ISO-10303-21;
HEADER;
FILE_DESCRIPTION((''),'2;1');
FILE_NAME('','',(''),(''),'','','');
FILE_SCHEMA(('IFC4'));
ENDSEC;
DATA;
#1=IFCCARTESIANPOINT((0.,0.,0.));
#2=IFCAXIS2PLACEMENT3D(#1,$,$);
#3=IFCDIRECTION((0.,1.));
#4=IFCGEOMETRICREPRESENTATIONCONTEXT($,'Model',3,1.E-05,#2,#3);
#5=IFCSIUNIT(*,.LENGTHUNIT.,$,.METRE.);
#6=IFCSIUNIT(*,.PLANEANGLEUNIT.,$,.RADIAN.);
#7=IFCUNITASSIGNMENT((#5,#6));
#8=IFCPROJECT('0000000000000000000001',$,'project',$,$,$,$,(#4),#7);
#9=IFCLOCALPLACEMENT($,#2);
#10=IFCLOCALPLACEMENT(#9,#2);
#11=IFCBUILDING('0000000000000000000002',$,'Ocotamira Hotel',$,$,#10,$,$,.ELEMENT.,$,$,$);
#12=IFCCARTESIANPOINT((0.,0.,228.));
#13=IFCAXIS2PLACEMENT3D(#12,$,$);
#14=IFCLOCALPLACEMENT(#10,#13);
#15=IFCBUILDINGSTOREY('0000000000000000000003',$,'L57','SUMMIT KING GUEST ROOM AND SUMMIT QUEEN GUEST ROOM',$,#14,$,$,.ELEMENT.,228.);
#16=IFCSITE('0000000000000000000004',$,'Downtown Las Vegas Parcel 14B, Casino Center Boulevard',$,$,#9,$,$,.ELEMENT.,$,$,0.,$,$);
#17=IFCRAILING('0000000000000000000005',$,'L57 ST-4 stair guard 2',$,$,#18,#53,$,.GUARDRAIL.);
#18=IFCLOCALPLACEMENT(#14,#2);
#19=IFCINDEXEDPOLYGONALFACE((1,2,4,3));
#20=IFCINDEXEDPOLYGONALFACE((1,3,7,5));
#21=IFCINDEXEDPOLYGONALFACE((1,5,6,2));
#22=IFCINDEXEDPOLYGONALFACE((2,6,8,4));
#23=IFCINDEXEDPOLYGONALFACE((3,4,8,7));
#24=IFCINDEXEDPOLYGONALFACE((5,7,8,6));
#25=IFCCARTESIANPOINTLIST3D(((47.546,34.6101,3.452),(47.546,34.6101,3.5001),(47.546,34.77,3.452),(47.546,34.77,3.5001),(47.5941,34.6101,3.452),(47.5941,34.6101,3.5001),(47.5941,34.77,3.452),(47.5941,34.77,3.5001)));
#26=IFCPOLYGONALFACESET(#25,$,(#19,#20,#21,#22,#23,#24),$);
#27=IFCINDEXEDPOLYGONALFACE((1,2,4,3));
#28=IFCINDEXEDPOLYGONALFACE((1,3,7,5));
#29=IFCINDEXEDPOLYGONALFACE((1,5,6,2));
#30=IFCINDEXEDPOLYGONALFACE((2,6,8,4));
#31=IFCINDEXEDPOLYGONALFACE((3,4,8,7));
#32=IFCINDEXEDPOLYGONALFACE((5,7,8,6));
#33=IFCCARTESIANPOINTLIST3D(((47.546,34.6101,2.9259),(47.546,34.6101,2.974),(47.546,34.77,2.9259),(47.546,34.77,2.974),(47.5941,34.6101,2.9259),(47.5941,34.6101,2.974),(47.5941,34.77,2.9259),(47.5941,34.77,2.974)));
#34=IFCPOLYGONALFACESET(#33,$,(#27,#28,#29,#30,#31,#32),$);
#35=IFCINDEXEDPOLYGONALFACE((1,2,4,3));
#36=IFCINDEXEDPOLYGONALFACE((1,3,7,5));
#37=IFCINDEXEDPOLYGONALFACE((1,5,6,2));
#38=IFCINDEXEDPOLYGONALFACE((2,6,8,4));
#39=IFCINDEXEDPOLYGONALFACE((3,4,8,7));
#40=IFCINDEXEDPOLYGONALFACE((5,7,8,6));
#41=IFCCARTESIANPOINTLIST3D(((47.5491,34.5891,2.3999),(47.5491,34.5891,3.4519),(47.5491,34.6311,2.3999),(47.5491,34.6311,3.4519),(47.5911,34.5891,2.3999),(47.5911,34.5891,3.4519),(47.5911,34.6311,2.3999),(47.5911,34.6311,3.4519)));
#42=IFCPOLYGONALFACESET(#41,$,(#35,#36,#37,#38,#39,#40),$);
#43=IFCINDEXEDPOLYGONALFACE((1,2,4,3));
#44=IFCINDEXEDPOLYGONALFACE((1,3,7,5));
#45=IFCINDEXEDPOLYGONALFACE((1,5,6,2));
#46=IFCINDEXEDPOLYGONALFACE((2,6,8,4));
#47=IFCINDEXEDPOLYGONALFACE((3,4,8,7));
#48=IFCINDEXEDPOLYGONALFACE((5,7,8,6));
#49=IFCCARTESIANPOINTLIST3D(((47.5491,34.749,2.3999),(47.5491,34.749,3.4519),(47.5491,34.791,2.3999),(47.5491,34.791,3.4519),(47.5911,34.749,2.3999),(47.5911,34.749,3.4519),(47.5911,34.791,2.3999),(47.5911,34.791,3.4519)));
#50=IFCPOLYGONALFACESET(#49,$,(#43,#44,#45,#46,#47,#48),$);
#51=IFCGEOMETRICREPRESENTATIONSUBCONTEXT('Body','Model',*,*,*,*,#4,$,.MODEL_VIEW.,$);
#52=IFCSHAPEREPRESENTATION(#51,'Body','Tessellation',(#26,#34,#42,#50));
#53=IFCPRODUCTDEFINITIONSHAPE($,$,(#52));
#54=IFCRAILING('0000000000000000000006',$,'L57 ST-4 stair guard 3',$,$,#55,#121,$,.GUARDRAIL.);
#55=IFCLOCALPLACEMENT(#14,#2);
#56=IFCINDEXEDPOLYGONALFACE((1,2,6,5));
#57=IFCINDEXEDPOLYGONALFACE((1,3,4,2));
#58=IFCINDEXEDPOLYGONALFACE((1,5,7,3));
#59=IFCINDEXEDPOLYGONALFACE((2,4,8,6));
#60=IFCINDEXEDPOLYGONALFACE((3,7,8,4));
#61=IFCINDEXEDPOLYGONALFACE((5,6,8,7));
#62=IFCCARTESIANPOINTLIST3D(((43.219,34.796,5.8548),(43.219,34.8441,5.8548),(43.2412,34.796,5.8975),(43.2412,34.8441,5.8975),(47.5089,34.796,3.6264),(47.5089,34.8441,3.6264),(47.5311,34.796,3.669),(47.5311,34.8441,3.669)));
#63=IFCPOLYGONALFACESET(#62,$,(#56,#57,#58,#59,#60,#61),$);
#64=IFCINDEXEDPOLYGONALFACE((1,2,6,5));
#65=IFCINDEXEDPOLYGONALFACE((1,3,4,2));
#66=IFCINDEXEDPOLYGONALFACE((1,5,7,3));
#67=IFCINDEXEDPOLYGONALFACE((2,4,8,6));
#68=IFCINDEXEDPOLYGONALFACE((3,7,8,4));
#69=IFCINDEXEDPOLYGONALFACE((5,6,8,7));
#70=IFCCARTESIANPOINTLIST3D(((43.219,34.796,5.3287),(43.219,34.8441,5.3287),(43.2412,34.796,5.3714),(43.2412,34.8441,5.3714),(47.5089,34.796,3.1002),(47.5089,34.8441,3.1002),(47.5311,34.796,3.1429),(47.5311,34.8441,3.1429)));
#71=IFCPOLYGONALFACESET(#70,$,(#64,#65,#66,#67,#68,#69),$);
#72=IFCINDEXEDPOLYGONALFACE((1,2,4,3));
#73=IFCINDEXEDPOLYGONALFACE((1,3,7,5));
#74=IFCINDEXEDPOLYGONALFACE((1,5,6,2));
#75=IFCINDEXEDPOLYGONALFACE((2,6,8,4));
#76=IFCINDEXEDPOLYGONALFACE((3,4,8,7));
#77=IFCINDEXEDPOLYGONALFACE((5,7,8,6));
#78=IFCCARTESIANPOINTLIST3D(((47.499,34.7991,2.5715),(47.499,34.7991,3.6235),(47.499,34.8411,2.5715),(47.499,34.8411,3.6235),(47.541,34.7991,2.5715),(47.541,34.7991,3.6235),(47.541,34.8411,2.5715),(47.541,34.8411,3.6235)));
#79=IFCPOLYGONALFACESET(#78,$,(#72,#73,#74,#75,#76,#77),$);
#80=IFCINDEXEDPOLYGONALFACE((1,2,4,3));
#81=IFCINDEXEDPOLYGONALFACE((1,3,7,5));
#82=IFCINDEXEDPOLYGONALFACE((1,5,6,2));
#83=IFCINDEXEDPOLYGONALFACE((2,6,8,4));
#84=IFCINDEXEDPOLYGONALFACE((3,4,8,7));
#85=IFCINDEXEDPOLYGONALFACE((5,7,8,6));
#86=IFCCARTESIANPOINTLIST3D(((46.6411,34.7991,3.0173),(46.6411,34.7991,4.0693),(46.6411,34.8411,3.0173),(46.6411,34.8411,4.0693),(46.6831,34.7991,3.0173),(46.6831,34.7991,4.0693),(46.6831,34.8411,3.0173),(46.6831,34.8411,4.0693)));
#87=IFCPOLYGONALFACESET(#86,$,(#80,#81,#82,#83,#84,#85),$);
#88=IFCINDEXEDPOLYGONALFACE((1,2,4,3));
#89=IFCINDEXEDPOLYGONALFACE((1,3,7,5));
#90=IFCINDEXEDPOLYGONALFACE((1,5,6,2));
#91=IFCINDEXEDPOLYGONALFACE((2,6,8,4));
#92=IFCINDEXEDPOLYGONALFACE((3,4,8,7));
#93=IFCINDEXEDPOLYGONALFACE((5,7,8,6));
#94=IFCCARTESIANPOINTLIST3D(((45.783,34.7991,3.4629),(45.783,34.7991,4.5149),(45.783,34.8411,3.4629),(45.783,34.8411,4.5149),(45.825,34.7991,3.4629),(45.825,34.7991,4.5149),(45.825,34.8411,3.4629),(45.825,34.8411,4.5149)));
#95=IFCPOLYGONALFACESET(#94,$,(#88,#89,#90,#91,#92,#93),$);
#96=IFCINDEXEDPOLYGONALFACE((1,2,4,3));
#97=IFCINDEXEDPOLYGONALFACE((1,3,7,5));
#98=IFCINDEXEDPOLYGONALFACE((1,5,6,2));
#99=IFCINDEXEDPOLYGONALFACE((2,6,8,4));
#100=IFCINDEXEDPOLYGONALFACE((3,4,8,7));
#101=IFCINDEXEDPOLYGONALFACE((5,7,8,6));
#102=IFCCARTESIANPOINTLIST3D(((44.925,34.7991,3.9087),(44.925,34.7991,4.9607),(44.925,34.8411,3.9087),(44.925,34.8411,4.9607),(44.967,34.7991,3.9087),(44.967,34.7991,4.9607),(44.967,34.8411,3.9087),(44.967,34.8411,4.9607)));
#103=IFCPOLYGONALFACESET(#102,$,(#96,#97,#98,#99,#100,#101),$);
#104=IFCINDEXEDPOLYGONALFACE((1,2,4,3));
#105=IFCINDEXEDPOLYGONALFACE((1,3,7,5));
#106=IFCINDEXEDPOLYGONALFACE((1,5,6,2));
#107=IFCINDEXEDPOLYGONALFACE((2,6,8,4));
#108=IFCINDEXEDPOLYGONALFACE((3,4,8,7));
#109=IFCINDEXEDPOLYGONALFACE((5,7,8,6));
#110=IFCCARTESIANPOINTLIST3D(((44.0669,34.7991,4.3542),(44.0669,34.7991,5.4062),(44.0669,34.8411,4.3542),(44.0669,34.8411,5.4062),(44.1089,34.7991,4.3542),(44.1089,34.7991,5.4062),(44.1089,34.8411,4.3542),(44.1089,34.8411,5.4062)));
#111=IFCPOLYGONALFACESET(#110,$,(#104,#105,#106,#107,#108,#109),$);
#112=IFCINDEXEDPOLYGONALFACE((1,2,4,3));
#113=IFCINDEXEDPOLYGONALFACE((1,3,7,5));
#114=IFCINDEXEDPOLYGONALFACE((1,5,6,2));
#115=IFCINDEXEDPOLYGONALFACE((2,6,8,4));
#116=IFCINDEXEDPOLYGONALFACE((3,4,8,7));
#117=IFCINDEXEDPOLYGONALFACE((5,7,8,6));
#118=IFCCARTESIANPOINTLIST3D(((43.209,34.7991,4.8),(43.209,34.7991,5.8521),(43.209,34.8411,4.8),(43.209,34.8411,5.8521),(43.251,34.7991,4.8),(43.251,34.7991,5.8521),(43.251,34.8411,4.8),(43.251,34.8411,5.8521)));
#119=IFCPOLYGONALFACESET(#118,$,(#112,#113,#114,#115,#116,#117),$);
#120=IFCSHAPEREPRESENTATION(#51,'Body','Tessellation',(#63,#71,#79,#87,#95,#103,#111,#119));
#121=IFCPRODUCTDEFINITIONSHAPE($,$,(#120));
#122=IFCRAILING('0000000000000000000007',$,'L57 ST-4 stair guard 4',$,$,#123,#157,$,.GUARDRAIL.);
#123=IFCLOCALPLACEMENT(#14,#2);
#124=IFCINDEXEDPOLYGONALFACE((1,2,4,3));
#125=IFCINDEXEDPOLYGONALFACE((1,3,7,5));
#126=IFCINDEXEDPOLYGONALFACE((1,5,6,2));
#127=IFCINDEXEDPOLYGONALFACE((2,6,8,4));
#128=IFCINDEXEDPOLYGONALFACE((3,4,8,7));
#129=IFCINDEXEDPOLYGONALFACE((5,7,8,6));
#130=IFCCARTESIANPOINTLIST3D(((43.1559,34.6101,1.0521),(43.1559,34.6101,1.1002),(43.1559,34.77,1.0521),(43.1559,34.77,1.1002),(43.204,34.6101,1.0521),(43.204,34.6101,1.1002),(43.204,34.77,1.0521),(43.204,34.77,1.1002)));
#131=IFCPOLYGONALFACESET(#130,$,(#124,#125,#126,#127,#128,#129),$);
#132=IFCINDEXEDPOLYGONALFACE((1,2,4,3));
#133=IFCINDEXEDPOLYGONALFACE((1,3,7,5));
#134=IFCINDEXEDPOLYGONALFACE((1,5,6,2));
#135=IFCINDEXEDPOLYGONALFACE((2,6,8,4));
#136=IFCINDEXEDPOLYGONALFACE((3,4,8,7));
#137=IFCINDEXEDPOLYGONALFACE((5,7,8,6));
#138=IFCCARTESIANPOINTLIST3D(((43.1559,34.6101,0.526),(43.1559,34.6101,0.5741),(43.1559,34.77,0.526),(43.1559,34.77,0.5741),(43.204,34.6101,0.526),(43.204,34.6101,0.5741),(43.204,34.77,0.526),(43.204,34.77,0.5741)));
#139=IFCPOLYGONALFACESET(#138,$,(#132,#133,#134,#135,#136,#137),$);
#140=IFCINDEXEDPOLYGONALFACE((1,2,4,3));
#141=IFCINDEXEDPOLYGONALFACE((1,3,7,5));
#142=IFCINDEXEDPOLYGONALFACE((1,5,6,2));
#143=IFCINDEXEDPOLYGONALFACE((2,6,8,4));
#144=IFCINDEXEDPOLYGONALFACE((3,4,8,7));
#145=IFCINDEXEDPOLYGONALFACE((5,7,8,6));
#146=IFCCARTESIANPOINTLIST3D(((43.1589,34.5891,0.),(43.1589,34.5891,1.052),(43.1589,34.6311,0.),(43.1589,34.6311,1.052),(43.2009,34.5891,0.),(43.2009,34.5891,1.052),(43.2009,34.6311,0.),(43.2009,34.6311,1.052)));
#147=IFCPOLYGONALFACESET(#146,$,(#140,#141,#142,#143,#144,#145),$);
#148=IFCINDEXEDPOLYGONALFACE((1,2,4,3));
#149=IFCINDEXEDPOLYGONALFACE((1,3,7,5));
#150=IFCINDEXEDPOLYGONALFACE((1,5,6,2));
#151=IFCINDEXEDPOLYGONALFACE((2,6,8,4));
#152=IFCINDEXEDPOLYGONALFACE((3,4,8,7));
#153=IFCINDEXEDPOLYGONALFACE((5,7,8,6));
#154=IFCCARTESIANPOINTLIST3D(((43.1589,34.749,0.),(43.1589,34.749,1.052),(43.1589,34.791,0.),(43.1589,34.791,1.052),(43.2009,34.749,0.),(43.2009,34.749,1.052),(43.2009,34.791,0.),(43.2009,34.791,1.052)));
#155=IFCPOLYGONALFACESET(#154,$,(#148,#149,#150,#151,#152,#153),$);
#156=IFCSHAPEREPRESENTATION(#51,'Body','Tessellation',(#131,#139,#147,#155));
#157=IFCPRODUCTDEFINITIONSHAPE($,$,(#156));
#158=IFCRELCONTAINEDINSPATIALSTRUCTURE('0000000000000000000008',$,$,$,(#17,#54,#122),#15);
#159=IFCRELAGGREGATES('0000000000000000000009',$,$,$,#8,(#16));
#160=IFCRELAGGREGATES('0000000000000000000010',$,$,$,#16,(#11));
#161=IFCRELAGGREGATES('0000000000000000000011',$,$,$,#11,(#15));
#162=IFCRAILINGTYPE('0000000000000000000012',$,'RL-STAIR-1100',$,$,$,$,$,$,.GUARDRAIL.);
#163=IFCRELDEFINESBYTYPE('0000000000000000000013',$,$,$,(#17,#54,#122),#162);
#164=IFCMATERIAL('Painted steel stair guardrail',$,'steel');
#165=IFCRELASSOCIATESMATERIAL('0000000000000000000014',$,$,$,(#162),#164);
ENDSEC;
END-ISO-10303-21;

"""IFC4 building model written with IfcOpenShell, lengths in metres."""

from ifc_helpers import new_model, si_unit, direction, frame, origin, origin_2d, place, context, subcontext, project, spatial, rectangle, extrude, material, type_object, element, save


model = new_model("IFC4")

# Units and contexts
model_context = context("Model", 3, precision=1e-05, world=origin(), true_north=direction((0.0, 1.0)))
body_context = subcontext(model_context, "Body", "Model", "MODEL_VIEW")
ifc_project = project(units=[si_unit("LENGTHUNIT", "METRE"), si_unit("PLANEANGLEUNIT", "RADIAN")], contexts=[model_context])

# Site, building, storey
site_placement = place(None, origin())
site = spatial("IfcSite", under=ifc_project, at=site_placement, Name="Downtown Las Vegas Parcel 14B, Casino Center Boulevard", CompositionType="ELEMENT", RefElevation=0.0)
building_placement = place(site_placement, origin())
building = spatial("IfcBuilding", under=site, at=building_placement, Name="Ocotamira Hotel", CompositionType="ELEMENT")
storey_placement = place(building_placement, frame((0.0, 0.0, 228.0)))
storey = spatial("IfcBuildingStorey", under=building, at=storey_placement, Name="L57", Description="SUMMIT KING GUEST ROOM AND SUMMIT QUEEN GUEST ROOM", CompositionType="ELEMENT", Elevation=228.0)

# Railings
ifc_material_1 = material(Name="Painted steel stair guardrail", Category="steel")
railing_type_1 = type_object("IfcRailingType", Name="RL-STAIR-1100", PredefinedType="GUARDRAIL", material=ifc_material_1)
railing_1_placement = place(storey_placement, frame((47.5701, 34.6101, 2.3999)))
element("IfcRailing", 1, at=railing_1_placement, inside=storey, type_object=railing_type_1, Name="L57 ST-4 stair guard 2", PredefinedType="GUARDRAIL", context=body_context, shape_type="SweptSolid", body=[
    extrude(rectangle(XDim=0.0481, YDim=0.0481, at=origin_2d()), frame((0.0, 0.0, 1.0762), z_axis=(0.0, 1.0, 0.0), x_axis=(-1.0, 0.0, 0.0)), (0.0, 0.0, 1.0), 0.1599),
    extrude(rectangle(XDim=0.0481, YDim=0.0481, at=origin_2d()), frame((0.0, 0.0, 0.55), z_axis=(0.0, 1.0, 0.0), x_axis=(-1.0, 0.0, 0.0)), (0.0, 0.0, 1.0), 0.1599),
    extrude(rectangle(XDim=0.042, YDim=0.042, at=origin_2d()), origin(), (0.0, 0.0, 1.0), 1.052),
    extrude(rectangle(XDim=0.042, YDim=0.042, at=origin_2d()), frame((0.0, 0.1599, 0.0)), (0.0, 0.0, 1.0), 1.052),
])
railing_2_placement = place(storey_placement, frame((47.52, 34.8201, 2.5715)))
element("IfcRailing", 2, at=railing_2_placement, inside=storey, type_object=railing_type_1, Name="L57 ST-4 stair guard 3", PredefinedType="GUARDRAIL", context=body_context, shape_type="SweptSolid", body=[
    extrude(rectangle(XDim=0.0481, YDim=0.0481, at=origin_2d()), frame((0.0, 0.0, 1.0762), z_axis=(-0.887412, 0.0, 0.460977), x_axis=(0.0, -1.0, 0.0)), (0.0, 0.0, 1.0), 4.8342),
    extrude(rectangle(XDim=0.0481, YDim=0.0481, at=origin_2d()), frame((0.0, 0.0, 0.55), z_axis=(-0.887412, 0.0, 0.460977), x_axis=(0.0, -1.0, 0.0)), (0.0, 0.0, 1.0), 4.8342),
    extrude(rectangle(XDim=0.042, YDim=0.042, at=origin_2d()), origin(), (0.0, 0.0, 1.0), 1.052),
    extrude(rectangle(XDim=0.042, YDim=0.042, at=origin_2d()), frame((-0.8579, 0.0, 0.4458)), (0.0, 0.0, 1.0), 1.052),
    extrude(rectangle(XDim=0.042, YDim=0.042, at=origin_2d()), frame((-1.7161, 0.0, 0.8914)), (0.0, 0.0, 1.0), 1.052),
    extrude(rectangle(XDim=0.042, YDim=0.042, at=origin_2d()), frame((-2.574, 0.0, 1.3372)), (0.0, 0.0, 1.0), 1.052),
    extrude(rectangle(XDim=0.042, YDim=0.042, at=origin_2d()), frame((-3.4321, 0.0, 1.7827)), (0.0, 0.0, 1.0), 1.052),
    extrude(rectangle(XDim=0.042, YDim=0.042, at=origin_2d()), frame((-4.29, 0.0, 2.2285)), (0.0, 0.0, 1.0), 1.052),
])
railing_3_placement = place(storey_placement, frame((43.1799, 34.6101, 0.0)))
element("IfcRailing", 3, at=railing_3_placement, inside=storey, type_object=railing_type_1, Name="L57 ST-4 stair guard 4", PredefinedType="GUARDRAIL", context=body_context, shape_type="SweptSolid", body=[
    extrude(rectangle(XDim=0.0481, YDim=0.0481, at=origin_2d()), frame((0.0, 0.0, 1.0762), z_axis=(0.0, 1.0, 0.0), x_axis=(-1.0, 0.0, 0.0)), (0.0, 0.0, 1.0), 0.1599),
    extrude(rectangle(XDim=0.0481, YDim=0.0481, at=origin_2d()), frame((0.0, 0.0, 0.55), z_axis=(0.0, 1.0, 0.0), x_axis=(-1.0, 0.0, 0.0)), (0.0, 0.0, 1.0), 0.1599),
    extrude(rectangle(XDim=0.042, YDim=0.042, at=origin_2d()), origin(), (0.0, 0.0, 1.0), 1.052),
    extrude(rectangle(XDim=0.042, YDim=0.042, at=origin_2d()), frame((0.0, 0.1599, 0.0)), (0.0, 0.0, 1.0), 1.052),
])

save(model, "model.ifc")
